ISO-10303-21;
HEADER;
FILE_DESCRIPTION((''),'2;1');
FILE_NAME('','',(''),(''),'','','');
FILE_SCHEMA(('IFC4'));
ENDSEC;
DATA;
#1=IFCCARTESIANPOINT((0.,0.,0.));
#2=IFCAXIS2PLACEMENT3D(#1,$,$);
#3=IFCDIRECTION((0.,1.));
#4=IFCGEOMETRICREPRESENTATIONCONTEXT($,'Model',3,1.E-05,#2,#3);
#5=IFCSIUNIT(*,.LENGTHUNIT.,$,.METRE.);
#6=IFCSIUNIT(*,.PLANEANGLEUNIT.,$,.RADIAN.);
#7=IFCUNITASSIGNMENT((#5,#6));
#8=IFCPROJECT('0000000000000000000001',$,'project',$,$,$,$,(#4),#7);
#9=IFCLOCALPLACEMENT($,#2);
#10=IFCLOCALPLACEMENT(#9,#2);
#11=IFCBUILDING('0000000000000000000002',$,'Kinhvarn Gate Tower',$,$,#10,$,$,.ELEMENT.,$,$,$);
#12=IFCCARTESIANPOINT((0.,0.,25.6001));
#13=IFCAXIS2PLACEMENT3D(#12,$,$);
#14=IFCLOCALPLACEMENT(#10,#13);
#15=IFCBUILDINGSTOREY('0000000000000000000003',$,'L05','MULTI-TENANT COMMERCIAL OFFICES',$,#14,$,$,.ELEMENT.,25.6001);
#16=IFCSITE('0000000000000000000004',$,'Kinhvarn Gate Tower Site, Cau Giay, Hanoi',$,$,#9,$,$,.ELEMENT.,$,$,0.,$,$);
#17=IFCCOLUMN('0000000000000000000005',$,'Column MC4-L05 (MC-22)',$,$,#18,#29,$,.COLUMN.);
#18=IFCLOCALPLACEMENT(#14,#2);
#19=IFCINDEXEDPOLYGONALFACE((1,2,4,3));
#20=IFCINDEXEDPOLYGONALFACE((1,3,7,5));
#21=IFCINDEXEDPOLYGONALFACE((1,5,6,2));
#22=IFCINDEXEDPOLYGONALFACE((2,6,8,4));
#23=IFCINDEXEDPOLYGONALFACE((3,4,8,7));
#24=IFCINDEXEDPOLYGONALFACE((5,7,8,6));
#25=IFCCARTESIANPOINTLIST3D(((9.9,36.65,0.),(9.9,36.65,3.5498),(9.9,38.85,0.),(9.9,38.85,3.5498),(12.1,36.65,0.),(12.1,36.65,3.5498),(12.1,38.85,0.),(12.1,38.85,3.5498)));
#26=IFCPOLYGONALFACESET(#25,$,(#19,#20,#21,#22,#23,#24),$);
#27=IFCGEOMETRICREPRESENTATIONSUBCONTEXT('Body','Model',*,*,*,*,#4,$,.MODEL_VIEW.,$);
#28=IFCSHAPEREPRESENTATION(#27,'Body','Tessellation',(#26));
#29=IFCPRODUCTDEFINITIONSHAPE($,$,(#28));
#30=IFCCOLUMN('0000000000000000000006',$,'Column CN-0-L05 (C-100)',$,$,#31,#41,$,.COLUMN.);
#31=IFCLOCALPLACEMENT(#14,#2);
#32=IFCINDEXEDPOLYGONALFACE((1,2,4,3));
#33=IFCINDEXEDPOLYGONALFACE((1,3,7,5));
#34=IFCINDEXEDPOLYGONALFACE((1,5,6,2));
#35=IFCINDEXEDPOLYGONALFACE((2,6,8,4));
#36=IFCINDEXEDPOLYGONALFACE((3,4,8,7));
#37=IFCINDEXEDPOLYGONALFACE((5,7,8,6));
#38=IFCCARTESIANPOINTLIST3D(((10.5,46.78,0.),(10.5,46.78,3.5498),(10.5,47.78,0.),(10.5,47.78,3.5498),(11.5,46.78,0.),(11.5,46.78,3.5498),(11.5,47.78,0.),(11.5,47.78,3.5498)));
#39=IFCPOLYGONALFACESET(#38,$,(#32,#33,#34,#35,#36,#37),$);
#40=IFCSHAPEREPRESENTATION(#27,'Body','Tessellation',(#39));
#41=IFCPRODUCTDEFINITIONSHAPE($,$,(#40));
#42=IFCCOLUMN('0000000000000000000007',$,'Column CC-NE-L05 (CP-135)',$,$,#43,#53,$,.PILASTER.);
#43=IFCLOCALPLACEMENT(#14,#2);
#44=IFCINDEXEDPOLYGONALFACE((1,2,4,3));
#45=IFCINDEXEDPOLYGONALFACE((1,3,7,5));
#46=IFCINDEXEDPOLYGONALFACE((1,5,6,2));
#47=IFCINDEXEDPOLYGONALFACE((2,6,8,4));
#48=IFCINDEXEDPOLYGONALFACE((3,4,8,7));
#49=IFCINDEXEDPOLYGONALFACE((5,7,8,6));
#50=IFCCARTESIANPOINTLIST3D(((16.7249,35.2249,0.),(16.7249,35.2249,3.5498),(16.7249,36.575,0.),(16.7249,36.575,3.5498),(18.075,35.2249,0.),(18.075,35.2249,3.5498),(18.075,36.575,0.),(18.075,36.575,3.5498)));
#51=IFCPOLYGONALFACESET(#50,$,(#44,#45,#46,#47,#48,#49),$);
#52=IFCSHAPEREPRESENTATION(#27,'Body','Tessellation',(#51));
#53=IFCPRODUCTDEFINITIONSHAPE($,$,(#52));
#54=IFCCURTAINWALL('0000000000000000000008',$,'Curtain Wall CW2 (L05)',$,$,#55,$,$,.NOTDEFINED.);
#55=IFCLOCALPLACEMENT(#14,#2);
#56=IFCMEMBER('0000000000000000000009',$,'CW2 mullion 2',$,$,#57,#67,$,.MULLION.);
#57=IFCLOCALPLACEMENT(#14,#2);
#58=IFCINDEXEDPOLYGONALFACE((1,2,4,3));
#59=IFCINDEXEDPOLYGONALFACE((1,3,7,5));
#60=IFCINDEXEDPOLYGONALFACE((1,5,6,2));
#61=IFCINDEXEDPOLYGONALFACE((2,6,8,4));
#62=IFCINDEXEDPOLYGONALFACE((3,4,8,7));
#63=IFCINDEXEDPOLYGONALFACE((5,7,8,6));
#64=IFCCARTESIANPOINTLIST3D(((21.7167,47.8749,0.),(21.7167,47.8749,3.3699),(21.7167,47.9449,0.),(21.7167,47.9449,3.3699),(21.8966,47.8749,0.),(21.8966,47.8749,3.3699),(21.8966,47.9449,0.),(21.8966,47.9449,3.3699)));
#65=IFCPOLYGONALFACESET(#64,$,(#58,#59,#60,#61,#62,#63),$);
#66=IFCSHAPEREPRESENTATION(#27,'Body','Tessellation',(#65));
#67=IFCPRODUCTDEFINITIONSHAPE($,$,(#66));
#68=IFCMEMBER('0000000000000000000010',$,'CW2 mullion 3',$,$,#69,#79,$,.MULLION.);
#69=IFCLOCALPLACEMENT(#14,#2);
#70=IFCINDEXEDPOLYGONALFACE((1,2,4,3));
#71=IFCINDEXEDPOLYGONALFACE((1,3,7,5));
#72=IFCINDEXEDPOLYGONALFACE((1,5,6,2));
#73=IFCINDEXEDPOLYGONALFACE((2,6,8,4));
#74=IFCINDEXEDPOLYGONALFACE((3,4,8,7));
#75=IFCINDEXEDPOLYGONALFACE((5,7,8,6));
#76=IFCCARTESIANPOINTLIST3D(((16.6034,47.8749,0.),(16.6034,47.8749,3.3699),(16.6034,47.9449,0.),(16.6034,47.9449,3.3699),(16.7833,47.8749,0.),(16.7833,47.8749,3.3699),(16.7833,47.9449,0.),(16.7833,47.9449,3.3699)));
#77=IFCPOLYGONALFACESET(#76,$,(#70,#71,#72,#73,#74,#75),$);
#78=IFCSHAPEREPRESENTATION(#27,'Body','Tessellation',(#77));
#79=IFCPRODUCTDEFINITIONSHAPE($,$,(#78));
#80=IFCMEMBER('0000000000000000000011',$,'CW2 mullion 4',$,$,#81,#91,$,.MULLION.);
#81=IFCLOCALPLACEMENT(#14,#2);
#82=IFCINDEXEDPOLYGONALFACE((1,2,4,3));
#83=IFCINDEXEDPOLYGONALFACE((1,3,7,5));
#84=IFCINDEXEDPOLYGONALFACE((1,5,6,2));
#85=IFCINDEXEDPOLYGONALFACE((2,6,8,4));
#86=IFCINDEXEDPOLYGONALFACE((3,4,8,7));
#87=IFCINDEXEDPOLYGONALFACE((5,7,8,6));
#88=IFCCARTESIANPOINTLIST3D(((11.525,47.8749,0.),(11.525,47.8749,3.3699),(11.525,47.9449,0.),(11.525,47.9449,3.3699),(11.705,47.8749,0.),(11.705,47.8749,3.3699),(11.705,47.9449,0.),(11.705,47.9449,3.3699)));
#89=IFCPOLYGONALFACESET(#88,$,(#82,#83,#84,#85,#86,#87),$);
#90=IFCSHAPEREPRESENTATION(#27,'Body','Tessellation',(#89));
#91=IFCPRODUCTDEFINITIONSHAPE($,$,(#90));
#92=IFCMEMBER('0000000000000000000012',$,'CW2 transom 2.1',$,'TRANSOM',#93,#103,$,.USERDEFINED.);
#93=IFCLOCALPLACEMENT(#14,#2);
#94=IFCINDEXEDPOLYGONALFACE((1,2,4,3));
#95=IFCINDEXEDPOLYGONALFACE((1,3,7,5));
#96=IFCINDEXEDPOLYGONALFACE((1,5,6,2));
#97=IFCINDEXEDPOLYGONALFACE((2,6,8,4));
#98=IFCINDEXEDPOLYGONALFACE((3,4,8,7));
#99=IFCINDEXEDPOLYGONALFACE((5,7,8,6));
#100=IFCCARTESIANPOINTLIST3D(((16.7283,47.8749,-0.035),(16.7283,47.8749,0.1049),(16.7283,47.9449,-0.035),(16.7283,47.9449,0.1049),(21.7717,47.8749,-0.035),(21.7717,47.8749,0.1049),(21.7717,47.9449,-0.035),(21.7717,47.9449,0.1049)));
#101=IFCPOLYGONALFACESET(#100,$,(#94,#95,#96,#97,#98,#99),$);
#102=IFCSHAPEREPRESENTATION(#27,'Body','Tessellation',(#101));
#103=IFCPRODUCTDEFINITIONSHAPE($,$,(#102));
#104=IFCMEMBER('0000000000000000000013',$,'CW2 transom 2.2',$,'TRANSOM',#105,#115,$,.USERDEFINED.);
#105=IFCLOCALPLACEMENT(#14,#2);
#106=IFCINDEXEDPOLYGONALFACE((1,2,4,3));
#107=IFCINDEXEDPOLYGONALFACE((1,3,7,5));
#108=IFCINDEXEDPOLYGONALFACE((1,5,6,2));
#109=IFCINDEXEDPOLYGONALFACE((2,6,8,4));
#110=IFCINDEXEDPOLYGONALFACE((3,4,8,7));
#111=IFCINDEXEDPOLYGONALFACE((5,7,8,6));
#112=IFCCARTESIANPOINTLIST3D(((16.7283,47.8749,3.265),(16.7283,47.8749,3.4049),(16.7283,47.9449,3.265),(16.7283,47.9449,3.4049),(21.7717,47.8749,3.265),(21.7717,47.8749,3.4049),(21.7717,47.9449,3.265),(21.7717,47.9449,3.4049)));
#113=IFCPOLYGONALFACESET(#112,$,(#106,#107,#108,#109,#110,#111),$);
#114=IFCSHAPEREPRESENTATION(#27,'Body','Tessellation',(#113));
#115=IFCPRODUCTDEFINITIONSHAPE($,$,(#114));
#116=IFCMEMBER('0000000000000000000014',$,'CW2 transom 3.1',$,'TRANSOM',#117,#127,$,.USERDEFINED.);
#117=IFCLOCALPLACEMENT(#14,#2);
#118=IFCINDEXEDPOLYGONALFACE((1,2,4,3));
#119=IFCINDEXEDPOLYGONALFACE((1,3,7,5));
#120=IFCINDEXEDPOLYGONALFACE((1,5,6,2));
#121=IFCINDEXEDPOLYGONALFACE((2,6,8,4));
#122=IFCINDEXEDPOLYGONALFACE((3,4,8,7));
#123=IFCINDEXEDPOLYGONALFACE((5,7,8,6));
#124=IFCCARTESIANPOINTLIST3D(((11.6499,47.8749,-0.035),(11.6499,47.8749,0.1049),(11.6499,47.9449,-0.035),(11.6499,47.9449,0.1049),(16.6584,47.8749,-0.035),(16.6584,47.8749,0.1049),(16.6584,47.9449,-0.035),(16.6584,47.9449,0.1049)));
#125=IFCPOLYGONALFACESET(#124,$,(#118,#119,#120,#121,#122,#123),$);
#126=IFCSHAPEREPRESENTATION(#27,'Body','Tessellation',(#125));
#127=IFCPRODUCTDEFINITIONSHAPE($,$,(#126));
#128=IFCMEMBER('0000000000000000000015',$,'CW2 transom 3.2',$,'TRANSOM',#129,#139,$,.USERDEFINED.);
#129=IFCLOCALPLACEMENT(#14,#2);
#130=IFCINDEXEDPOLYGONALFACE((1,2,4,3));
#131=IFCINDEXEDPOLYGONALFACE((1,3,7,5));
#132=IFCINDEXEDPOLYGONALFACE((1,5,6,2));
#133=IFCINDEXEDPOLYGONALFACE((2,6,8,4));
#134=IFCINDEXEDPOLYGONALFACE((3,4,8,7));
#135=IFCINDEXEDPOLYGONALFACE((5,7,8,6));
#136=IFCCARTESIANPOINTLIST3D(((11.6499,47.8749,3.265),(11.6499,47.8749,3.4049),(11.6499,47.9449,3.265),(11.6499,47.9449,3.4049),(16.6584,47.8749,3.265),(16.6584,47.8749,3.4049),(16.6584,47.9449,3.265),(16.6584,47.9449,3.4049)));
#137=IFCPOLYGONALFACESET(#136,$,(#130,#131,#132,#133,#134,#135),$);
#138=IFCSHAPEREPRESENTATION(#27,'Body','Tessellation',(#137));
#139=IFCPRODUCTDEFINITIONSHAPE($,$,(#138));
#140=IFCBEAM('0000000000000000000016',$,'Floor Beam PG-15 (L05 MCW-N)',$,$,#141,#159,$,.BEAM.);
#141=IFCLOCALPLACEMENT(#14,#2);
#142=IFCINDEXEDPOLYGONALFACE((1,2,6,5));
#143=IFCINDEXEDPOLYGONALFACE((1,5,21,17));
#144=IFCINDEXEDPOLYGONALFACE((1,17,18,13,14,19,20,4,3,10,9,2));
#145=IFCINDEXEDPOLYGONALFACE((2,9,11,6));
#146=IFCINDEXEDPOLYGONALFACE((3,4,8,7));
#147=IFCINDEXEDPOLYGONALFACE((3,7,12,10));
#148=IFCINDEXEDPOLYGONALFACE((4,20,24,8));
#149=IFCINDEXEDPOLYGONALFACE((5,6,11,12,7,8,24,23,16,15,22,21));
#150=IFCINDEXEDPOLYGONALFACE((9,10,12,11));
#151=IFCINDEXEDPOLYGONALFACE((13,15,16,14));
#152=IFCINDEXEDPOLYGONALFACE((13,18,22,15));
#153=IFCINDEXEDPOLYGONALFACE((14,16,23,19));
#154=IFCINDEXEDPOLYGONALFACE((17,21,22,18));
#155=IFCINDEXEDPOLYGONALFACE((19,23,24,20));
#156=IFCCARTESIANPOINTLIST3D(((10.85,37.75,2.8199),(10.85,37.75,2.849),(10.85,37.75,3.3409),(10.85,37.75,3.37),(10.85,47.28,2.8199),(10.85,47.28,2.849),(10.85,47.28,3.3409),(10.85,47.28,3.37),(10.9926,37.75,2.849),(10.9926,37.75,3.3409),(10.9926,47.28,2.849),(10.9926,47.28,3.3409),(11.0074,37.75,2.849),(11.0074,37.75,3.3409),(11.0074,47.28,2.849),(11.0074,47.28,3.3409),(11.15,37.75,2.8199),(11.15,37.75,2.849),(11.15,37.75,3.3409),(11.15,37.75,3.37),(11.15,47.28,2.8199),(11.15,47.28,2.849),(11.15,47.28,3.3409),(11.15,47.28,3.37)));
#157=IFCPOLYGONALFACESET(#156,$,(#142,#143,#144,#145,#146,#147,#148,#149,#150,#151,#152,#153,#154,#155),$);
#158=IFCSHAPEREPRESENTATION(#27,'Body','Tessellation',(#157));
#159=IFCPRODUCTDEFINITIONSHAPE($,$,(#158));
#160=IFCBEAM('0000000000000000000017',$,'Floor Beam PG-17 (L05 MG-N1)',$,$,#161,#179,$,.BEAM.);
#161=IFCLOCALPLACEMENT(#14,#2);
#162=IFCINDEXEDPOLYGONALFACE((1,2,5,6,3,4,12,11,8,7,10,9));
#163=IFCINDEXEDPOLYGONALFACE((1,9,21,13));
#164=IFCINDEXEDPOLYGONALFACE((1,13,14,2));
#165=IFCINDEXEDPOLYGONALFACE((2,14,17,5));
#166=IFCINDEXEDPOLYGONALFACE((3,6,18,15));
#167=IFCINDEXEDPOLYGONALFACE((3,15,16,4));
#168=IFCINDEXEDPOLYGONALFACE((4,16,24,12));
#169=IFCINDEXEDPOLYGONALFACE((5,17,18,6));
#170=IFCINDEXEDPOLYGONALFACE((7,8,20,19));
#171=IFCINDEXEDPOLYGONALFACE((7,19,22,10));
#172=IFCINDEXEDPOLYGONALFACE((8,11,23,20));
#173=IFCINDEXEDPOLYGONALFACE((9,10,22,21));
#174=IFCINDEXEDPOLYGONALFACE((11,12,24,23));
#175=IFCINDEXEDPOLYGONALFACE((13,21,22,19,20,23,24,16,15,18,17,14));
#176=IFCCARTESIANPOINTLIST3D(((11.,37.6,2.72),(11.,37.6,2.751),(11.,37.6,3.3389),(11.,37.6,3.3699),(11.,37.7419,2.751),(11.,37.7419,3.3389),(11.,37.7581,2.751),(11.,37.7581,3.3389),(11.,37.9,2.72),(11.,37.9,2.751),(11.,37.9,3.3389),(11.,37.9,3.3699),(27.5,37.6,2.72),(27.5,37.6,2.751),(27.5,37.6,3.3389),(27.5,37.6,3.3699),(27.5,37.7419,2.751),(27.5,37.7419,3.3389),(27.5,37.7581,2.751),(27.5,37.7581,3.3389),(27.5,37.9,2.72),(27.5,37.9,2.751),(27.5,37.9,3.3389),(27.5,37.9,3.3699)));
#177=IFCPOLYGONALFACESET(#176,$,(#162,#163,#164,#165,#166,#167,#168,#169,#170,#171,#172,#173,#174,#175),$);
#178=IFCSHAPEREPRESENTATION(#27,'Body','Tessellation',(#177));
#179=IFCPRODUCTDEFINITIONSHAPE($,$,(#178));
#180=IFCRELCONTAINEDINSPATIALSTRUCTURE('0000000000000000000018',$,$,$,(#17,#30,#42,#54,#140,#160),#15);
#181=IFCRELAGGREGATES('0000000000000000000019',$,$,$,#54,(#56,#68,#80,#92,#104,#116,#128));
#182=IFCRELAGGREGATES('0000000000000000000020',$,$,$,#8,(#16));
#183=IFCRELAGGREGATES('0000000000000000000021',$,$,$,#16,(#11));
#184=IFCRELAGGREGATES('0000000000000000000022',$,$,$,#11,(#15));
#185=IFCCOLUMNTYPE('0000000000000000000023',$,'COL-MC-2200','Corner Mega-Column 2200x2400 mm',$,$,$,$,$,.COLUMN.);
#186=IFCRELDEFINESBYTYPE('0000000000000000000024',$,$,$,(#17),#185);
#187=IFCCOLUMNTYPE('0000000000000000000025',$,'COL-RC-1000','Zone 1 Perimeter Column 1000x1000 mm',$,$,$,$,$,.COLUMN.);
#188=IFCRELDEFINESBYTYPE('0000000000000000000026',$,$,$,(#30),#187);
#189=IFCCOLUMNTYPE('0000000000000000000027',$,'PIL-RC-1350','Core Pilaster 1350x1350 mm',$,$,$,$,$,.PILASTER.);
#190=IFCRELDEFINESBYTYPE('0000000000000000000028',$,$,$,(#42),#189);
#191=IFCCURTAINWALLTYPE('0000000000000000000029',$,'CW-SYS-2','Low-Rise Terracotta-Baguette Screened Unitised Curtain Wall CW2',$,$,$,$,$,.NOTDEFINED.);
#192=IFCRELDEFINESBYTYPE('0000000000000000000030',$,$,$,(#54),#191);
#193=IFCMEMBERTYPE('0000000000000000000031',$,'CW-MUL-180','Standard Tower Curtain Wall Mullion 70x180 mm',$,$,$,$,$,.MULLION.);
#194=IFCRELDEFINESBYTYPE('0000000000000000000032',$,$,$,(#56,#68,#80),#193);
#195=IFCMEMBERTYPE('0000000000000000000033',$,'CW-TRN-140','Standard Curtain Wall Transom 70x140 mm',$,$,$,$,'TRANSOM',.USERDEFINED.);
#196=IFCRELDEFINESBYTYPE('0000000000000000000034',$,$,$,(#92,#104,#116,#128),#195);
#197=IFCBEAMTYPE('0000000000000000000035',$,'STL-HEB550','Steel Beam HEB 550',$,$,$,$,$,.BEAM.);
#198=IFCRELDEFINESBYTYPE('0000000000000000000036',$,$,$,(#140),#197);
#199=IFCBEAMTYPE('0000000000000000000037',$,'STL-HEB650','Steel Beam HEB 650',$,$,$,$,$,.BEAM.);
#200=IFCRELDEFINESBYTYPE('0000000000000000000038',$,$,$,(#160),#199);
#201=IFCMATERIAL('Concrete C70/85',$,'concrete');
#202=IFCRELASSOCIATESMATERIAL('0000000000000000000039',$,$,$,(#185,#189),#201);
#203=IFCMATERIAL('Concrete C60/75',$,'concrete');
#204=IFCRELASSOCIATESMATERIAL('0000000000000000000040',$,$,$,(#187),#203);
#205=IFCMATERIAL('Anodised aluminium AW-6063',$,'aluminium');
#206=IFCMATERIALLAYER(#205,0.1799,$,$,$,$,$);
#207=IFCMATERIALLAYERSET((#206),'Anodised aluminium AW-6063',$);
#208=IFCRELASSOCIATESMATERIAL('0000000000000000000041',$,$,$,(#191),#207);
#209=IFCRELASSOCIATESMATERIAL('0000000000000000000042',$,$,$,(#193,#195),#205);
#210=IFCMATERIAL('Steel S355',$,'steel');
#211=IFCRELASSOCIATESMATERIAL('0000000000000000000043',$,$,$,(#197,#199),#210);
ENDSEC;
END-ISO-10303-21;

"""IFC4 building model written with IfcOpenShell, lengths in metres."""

from ifc_helpers import new_model, si_unit, direction, frame, origin, origin_2d, place, context, subcontext, project, spatial, rectangle, i_section, extrude, material, layer, layer_set, material_profile, profile_set, type_object, element, aggregate, save


model = new_model("IFC4")

# Units and contexts
model_context = context("Model", 3, precision=1e-05, world=origin(), true_north=direction((0.0, 1.0)))
body_context = subcontext(model_context, "Body", "Model", "MODEL_VIEW")
ifc_project = project(units=[si_unit("LENGTHUNIT", "METRE"), si_unit("PLANEANGLEUNIT", "RADIAN")], contexts=[model_context])

# Site, building, storey
site_placement = place(None, origin())
site = spatial("IfcSite", under=ifc_project, at=site_placement, Name="Kinhvarn Gate Tower Site, Cau Giay, Hanoi", CompositionType="ELEMENT", RefElevation=0.0)
building_placement = place(site_placement, origin())
building = spatial("IfcBuilding", under=site, at=building_placement, Name="Kinhvarn Gate Tower", CompositionType="ELEMENT")
storey_placement = place(building_placement, frame((0.0, 0.0, 25.6001)))
storey = spatial("IfcBuildingStorey", under=building, at=storey_placement, Name="L05", Description="MULTI-TENANT COMMERCIAL OFFICES", CompositionType="ELEMENT", Elevation=25.6001)

# Columns
ifc_material_1 = material(Name="Concrete C70/85", Category="concrete")
ifc_material_profile_1 = material_profile(ifc_material_1, rectangle(XDim=2.2, YDim=2.2, at=origin_2d()), Name="RC 2200x2200")
ifc_profile_set_1 = profile_set([ifc_material_profile_1], Name="Concrete C70/85")
column_type_1 = type_object("IfcColumnType", Name="COL-MC-2200", Description="Corner Mega-Column 2200x2400 mm", PredefinedType="COLUMN", material=ifc_profile_set_1)
column_1_placement = place(storey_placement, frame((11.0, 37.75, 0.0), z_axis=(0.0, 0.0, 1.0), x_axis=(1.0, 0.0, 0.0)))
element("IfcColumn", 1, at=column_1_placement, inside=storey, type_object=column_type_1, Name="Column MC4-L05 (MC-22)", PredefinedType="COLUMN", context=body_context, shape_type="SweptSolid", body=[
    extrude(rectangle(XDim=2.2, YDim=2.2, at=origin_2d()), origin(), (0.0, 0.0, 1.0), 3.5498),
])
ifc_material_2 = material(Name="Concrete C60/75", Category="concrete")
ifc_material_profile_2 = material_profile(ifc_material_2, rectangle(XDim=1.0, YDim=1.0, at=origin_2d()), Name="RC 1000x1000")
ifc_profile_set_2 = profile_set([ifc_material_profile_2], Name="Concrete C60/75")
column_type_2 = type_object("IfcColumnType", Name="COL-RC-1000", Description="Zone 1 Perimeter Column 1000x1000 mm", PredefinedType="COLUMN", material=ifc_profile_set_2)
column_2_placement = place(storey_placement, frame((11.0, 47.28, 0.0), z_axis=(0.0, 0.0, 1.0), x_axis=(1.0, 0.0, 0.0)))
element("IfcColumn", 2, at=column_2_placement, inside=storey, type_object=column_type_2, Name="Column CN-0-L05 (C-100)", PredefinedType="COLUMN", context=body_context, shape_type="SweptSolid", body=[
    extrude(rectangle(XDim=1.0, YDim=1.0, at=origin_2d()), origin(), (0.0, 0.0, 1.0), 3.5498),
])
ifc_material_profile_3 = material_profile(ifc_material_1, rectangle(XDim=1.3501, YDim=1.3501, at=origin_2d()), Name="RC 1350x1350")
ifc_profile_set_3 = profile_set([ifc_material_profile_3], Name="Concrete C70/85")
column_type_3 = type_object("IfcColumnType", Name="PIL-RC-1350", Description="Core Pilaster 1350x1350 mm", PredefinedType="PILASTER", material=ifc_profile_set_3)
column_3_placement = place(storey_placement, frame((17.3999, 35.8999, 0.0), z_axis=(0.0, 0.0, 1.0), x_axis=(1.0, 0.0, 0.0)))
element("IfcColumn", 3, at=column_3_placement, inside=storey, type_object=column_type_3, Name="Column CC-NE-L05 (CP-135)", PredefinedType="PILASTER", context=body_context, shape_type="SweptSolid", body=[
    extrude(rectangle(XDim=1.3501, YDim=1.3501, at=origin_2d()), origin(), (0.0, 0.0, 1.0), 3.5498),
])

# Curtain wall, members
ifc_material_3 = material(Name="Anodised aluminium AW-6063", Category="aluminium")
ifc_layer_1 = layer(ifc_material_3, 0.1799)
ifc_layer_set_1 = layer_set([ifc_layer_1], Name="Anodised aluminium AW-6063")
curtain_wall_type = type_object("IfcCurtainWallType", Name="CW-SYS-2", Description="Low-Rise Terracotta-Baguette Screened Unitised Curtain Wall CW2", PredefinedType="NOTDEFINED", material=ifc_layer_set_1)
curtain_wall_placement = place(storey_placement, origin())
curtain_wall = element("IfcCurtainWall", 4, at=curtain_wall_placement, inside=storey, type_object=curtain_wall_type, Name="Curtain Wall CW2 (L05)", PredefinedType="NOTDEFINED")
ifc_material_profile_4 = material_profile(ifc_material_3, rectangle(XDim=0.0701, YDim=0.1799, at=origin_2d()), Name="ALU 70x180")
ifc_profile_set_4 = profile_set([ifc_material_profile_4], Name="Anodised aluminium AW-6063")
member_type_1 = type_object("IfcMemberType", Name="CW-MUL-180", Description="Standard Tower Curtain Wall Mullion 70x180 mm", PredefinedType="MULLION", material=ifc_profile_set_4)
member_1_placement = place(storey_placement, frame((21.8066, 47.9099, 0.0), z_axis=(0.0, 0.0, 1.0), x_axis=(0.0, -1.0, 0.0)))
member_1 = element("IfcMember", 5, at=member_1_placement, type_object=member_type_1, Name="CW2 mullion 2", PredefinedType="MULLION", context=body_context, shape_type="SweptSolid", body=[
    extrude(rectangle(XDim=0.0701, YDim=0.1799, at=origin_2d()), origin(), (0.0, 0.0, 1.0), 3.3699),
])
member_2_placement = place(storey_placement, frame((16.6934, 47.9099, 0.0), z_axis=(0.0, 0.0, 1.0), x_axis=(0.0, -1.0, 0.0)))
member_2 = element("IfcMember", 6, at=member_2_placement, type_object=member_type_1, Name="CW2 mullion 3", PredefinedType="MULLION", context=body_context, shape_type="SweptSolid", body=[
    extrude(rectangle(XDim=0.0701, YDim=0.1799, at=origin_2d()), origin(), (0.0, 0.0, 1.0), 3.3699),
])
member_3_placement = place(storey_placement, frame((11.615, 47.9099, 0.0), z_axis=(0.0, 0.0, 1.0), x_axis=(0.0, -1.0, 0.0)))
member_3 = element("IfcMember", 7, at=member_3_placement, type_object=member_type_1, Name="CW2 mullion 4", PredefinedType="MULLION", context=body_context, shape_type="SweptSolid", body=[
    extrude(rectangle(XDim=0.0701, YDim=0.1799, at=origin_2d()), origin(), (0.0, 0.0, 1.0), 3.3699),
])
ifc_material_profile_5 = material_profile(ifc_material_3, rectangle(XDim=0.0701, YDim=0.1399, at=origin_2d()), Name="ALU 70x140")
ifc_profile_set_5 = profile_set([ifc_material_profile_5], Name="Anodised aluminium AW-6063")
member_type_2 = type_object("IfcMemberType", Name="CW-TRN-140", Description="Standard Curtain Wall Transom 70x140 mm", ElementType="TRANSOM", PredefinedType="USERDEFINED", material=ifc_profile_set_5)
member_4_placement = place(storey_placement, frame((21.7717, 47.9099, 0.0349), z_axis=(-1.0, 0.0, 0.0), x_axis=(0.0, -1.0, 0.0)))
member_4 = element("IfcMember", 8, at=member_4_placement, type_object=member_type_2, Name="CW2 transom 2.1", ObjectType="TRANSOM", PredefinedType="USERDEFINED", context=body_context, shape_type="SweptSolid", body=[
    extrude(rectangle(XDim=0.0701, YDim=0.1399, at=origin_2d()), origin(), (0.0, 0.0, 1.0), 5.0435),
])
member_5_placement = place(storey_placement, frame((21.7717, 47.9099, 3.335), z_axis=(-1.0, 0.0, 0.0), x_axis=(0.0, -1.0, 0.0)))
member_5 = element("IfcMember", 9, at=member_5_placement, type_object=member_type_2, Name="CW2 transom 2.2", ObjectType="TRANSOM", PredefinedType="USERDEFINED", context=body_context, shape_type="SweptSolid", body=[
    extrude(rectangle(XDim=0.0701, YDim=0.1399, at=origin_2d()), origin(), (0.0, 0.0, 1.0), 5.0435),
])
member_6_placement = place(storey_placement, frame((16.6584, 47.9099, 0.0349), z_axis=(-1.0, 0.0, 0.0), x_axis=(0.0, -1.0, 0.0)))
member_6 = element("IfcMember", 10, at=member_6_placement, type_object=member_type_2, Name="CW2 transom 3.1", ObjectType="TRANSOM", PredefinedType="USERDEFINED", context=body_context, shape_type="SweptSolid", body=[
    extrude(rectangle(XDim=0.0701, YDim=0.1399, at=origin_2d()), origin(), (0.0, 0.0, 1.0), 5.0085),
])
member_7_placement = place(storey_placement, frame((16.6584, 47.9099, 3.335), z_axis=(-1.0, 0.0, 0.0), x_axis=(0.0, -1.0, 0.0)))
member_7 = element("IfcMember", 11, at=member_7_placement, type_object=member_type_2, Name="CW2 transom 3.2", ObjectType="TRANSOM", PredefinedType="USERDEFINED", context=body_context, shape_type="SweptSolid", body=[
    extrude(rectangle(XDim=0.0701, YDim=0.1399, at=origin_2d()), origin(), (0.0, 0.0, 1.0), 5.0085),
])

# Beams
ifc_material_4 = material(Name="Steel S355", Category="steel")
ifc_material_profile_6 = material_profile(ifc_material_4, i_section(OverallWidth=0.3, OverallDepth=0.55, WebThickness=0.0149, FlangeThickness=0.0291, at=origin_2d()), Name="HEB 550")
ifc_profile_set_6 = profile_set([ifc_material_profile_6], Name="Steel S355")
beam_type_1 = type_object("IfcBeamType", Name="STL-HEB550", Description="Steel Beam HEB 550", PredefinedType="BEAM", material=ifc_profile_set_6)
beam_1_placement = place(storey_placement, frame((11.0, 37.75, 3.095), z_axis=(0.0, 1.0, 0.0), x_axis=(-1.0, 0.0, 0.0)))
element("IfcBeam", 12, at=beam_1_placement, inside=storey, type_object=beam_type_1, Name="Floor Beam PG-15 (L05 MCW-N)", PredefinedType="BEAM", context=body_context, shape_type="SweptSolid", body=[
    extrude(i_section(OverallWidth=0.3, OverallDepth=0.55, WebThickness=0.0149, FlangeThickness=0.0291, at=origin_2d()), origin(), (0.0, 0.0, 1.0), 9.53),
])
ifc_material_profile_7 = material_profile(ifc_material_4, i_section(OverallWidth=0.3, OverallDepth=0.6499, WebThickness=0.0161, FlangeThickness=0.031, at=origin_2d()), Name="HEB 650")
ifc_profile_set_7 = profile_set([ifc_material_profile_7], Name="Steel S355")
beam_type_2 = type_object("IfcBeamType", Name="STL-HEB650", Description="Steel Beam HEB 650", PredefinedType="BEAM", material=ifc_profile_set_7)
beam_2_placement = place(storey_placement, frame((11.0, 37.75, 3.0449), z_axis=(1.0, 0.0, 0.0), x_axis=(0.0, 1.0, 0.0)))
element("IfcBeam", 13, at=beam_2_placement, inside=storey, type_object=beam_type_2, Name="Floor Beam PG-17 (L05 MG-N1)", PredefinedType="BEAM", context=body_context, shape_type="SweptSolid", body=[
    extrude(i_section(OverallWidth=0.3, OverallDepth=0.6499, WebThickness=0.0161, FlangeThickness=0.031, at=origin_2d()), origin(), (0.0, 0.0, 1.0), 16.5),
])

aggregate(curtain_wall, [member_1, member_2, member_3, member_4, member_5, member_6, member_7])

save(model, "model.ifc")
